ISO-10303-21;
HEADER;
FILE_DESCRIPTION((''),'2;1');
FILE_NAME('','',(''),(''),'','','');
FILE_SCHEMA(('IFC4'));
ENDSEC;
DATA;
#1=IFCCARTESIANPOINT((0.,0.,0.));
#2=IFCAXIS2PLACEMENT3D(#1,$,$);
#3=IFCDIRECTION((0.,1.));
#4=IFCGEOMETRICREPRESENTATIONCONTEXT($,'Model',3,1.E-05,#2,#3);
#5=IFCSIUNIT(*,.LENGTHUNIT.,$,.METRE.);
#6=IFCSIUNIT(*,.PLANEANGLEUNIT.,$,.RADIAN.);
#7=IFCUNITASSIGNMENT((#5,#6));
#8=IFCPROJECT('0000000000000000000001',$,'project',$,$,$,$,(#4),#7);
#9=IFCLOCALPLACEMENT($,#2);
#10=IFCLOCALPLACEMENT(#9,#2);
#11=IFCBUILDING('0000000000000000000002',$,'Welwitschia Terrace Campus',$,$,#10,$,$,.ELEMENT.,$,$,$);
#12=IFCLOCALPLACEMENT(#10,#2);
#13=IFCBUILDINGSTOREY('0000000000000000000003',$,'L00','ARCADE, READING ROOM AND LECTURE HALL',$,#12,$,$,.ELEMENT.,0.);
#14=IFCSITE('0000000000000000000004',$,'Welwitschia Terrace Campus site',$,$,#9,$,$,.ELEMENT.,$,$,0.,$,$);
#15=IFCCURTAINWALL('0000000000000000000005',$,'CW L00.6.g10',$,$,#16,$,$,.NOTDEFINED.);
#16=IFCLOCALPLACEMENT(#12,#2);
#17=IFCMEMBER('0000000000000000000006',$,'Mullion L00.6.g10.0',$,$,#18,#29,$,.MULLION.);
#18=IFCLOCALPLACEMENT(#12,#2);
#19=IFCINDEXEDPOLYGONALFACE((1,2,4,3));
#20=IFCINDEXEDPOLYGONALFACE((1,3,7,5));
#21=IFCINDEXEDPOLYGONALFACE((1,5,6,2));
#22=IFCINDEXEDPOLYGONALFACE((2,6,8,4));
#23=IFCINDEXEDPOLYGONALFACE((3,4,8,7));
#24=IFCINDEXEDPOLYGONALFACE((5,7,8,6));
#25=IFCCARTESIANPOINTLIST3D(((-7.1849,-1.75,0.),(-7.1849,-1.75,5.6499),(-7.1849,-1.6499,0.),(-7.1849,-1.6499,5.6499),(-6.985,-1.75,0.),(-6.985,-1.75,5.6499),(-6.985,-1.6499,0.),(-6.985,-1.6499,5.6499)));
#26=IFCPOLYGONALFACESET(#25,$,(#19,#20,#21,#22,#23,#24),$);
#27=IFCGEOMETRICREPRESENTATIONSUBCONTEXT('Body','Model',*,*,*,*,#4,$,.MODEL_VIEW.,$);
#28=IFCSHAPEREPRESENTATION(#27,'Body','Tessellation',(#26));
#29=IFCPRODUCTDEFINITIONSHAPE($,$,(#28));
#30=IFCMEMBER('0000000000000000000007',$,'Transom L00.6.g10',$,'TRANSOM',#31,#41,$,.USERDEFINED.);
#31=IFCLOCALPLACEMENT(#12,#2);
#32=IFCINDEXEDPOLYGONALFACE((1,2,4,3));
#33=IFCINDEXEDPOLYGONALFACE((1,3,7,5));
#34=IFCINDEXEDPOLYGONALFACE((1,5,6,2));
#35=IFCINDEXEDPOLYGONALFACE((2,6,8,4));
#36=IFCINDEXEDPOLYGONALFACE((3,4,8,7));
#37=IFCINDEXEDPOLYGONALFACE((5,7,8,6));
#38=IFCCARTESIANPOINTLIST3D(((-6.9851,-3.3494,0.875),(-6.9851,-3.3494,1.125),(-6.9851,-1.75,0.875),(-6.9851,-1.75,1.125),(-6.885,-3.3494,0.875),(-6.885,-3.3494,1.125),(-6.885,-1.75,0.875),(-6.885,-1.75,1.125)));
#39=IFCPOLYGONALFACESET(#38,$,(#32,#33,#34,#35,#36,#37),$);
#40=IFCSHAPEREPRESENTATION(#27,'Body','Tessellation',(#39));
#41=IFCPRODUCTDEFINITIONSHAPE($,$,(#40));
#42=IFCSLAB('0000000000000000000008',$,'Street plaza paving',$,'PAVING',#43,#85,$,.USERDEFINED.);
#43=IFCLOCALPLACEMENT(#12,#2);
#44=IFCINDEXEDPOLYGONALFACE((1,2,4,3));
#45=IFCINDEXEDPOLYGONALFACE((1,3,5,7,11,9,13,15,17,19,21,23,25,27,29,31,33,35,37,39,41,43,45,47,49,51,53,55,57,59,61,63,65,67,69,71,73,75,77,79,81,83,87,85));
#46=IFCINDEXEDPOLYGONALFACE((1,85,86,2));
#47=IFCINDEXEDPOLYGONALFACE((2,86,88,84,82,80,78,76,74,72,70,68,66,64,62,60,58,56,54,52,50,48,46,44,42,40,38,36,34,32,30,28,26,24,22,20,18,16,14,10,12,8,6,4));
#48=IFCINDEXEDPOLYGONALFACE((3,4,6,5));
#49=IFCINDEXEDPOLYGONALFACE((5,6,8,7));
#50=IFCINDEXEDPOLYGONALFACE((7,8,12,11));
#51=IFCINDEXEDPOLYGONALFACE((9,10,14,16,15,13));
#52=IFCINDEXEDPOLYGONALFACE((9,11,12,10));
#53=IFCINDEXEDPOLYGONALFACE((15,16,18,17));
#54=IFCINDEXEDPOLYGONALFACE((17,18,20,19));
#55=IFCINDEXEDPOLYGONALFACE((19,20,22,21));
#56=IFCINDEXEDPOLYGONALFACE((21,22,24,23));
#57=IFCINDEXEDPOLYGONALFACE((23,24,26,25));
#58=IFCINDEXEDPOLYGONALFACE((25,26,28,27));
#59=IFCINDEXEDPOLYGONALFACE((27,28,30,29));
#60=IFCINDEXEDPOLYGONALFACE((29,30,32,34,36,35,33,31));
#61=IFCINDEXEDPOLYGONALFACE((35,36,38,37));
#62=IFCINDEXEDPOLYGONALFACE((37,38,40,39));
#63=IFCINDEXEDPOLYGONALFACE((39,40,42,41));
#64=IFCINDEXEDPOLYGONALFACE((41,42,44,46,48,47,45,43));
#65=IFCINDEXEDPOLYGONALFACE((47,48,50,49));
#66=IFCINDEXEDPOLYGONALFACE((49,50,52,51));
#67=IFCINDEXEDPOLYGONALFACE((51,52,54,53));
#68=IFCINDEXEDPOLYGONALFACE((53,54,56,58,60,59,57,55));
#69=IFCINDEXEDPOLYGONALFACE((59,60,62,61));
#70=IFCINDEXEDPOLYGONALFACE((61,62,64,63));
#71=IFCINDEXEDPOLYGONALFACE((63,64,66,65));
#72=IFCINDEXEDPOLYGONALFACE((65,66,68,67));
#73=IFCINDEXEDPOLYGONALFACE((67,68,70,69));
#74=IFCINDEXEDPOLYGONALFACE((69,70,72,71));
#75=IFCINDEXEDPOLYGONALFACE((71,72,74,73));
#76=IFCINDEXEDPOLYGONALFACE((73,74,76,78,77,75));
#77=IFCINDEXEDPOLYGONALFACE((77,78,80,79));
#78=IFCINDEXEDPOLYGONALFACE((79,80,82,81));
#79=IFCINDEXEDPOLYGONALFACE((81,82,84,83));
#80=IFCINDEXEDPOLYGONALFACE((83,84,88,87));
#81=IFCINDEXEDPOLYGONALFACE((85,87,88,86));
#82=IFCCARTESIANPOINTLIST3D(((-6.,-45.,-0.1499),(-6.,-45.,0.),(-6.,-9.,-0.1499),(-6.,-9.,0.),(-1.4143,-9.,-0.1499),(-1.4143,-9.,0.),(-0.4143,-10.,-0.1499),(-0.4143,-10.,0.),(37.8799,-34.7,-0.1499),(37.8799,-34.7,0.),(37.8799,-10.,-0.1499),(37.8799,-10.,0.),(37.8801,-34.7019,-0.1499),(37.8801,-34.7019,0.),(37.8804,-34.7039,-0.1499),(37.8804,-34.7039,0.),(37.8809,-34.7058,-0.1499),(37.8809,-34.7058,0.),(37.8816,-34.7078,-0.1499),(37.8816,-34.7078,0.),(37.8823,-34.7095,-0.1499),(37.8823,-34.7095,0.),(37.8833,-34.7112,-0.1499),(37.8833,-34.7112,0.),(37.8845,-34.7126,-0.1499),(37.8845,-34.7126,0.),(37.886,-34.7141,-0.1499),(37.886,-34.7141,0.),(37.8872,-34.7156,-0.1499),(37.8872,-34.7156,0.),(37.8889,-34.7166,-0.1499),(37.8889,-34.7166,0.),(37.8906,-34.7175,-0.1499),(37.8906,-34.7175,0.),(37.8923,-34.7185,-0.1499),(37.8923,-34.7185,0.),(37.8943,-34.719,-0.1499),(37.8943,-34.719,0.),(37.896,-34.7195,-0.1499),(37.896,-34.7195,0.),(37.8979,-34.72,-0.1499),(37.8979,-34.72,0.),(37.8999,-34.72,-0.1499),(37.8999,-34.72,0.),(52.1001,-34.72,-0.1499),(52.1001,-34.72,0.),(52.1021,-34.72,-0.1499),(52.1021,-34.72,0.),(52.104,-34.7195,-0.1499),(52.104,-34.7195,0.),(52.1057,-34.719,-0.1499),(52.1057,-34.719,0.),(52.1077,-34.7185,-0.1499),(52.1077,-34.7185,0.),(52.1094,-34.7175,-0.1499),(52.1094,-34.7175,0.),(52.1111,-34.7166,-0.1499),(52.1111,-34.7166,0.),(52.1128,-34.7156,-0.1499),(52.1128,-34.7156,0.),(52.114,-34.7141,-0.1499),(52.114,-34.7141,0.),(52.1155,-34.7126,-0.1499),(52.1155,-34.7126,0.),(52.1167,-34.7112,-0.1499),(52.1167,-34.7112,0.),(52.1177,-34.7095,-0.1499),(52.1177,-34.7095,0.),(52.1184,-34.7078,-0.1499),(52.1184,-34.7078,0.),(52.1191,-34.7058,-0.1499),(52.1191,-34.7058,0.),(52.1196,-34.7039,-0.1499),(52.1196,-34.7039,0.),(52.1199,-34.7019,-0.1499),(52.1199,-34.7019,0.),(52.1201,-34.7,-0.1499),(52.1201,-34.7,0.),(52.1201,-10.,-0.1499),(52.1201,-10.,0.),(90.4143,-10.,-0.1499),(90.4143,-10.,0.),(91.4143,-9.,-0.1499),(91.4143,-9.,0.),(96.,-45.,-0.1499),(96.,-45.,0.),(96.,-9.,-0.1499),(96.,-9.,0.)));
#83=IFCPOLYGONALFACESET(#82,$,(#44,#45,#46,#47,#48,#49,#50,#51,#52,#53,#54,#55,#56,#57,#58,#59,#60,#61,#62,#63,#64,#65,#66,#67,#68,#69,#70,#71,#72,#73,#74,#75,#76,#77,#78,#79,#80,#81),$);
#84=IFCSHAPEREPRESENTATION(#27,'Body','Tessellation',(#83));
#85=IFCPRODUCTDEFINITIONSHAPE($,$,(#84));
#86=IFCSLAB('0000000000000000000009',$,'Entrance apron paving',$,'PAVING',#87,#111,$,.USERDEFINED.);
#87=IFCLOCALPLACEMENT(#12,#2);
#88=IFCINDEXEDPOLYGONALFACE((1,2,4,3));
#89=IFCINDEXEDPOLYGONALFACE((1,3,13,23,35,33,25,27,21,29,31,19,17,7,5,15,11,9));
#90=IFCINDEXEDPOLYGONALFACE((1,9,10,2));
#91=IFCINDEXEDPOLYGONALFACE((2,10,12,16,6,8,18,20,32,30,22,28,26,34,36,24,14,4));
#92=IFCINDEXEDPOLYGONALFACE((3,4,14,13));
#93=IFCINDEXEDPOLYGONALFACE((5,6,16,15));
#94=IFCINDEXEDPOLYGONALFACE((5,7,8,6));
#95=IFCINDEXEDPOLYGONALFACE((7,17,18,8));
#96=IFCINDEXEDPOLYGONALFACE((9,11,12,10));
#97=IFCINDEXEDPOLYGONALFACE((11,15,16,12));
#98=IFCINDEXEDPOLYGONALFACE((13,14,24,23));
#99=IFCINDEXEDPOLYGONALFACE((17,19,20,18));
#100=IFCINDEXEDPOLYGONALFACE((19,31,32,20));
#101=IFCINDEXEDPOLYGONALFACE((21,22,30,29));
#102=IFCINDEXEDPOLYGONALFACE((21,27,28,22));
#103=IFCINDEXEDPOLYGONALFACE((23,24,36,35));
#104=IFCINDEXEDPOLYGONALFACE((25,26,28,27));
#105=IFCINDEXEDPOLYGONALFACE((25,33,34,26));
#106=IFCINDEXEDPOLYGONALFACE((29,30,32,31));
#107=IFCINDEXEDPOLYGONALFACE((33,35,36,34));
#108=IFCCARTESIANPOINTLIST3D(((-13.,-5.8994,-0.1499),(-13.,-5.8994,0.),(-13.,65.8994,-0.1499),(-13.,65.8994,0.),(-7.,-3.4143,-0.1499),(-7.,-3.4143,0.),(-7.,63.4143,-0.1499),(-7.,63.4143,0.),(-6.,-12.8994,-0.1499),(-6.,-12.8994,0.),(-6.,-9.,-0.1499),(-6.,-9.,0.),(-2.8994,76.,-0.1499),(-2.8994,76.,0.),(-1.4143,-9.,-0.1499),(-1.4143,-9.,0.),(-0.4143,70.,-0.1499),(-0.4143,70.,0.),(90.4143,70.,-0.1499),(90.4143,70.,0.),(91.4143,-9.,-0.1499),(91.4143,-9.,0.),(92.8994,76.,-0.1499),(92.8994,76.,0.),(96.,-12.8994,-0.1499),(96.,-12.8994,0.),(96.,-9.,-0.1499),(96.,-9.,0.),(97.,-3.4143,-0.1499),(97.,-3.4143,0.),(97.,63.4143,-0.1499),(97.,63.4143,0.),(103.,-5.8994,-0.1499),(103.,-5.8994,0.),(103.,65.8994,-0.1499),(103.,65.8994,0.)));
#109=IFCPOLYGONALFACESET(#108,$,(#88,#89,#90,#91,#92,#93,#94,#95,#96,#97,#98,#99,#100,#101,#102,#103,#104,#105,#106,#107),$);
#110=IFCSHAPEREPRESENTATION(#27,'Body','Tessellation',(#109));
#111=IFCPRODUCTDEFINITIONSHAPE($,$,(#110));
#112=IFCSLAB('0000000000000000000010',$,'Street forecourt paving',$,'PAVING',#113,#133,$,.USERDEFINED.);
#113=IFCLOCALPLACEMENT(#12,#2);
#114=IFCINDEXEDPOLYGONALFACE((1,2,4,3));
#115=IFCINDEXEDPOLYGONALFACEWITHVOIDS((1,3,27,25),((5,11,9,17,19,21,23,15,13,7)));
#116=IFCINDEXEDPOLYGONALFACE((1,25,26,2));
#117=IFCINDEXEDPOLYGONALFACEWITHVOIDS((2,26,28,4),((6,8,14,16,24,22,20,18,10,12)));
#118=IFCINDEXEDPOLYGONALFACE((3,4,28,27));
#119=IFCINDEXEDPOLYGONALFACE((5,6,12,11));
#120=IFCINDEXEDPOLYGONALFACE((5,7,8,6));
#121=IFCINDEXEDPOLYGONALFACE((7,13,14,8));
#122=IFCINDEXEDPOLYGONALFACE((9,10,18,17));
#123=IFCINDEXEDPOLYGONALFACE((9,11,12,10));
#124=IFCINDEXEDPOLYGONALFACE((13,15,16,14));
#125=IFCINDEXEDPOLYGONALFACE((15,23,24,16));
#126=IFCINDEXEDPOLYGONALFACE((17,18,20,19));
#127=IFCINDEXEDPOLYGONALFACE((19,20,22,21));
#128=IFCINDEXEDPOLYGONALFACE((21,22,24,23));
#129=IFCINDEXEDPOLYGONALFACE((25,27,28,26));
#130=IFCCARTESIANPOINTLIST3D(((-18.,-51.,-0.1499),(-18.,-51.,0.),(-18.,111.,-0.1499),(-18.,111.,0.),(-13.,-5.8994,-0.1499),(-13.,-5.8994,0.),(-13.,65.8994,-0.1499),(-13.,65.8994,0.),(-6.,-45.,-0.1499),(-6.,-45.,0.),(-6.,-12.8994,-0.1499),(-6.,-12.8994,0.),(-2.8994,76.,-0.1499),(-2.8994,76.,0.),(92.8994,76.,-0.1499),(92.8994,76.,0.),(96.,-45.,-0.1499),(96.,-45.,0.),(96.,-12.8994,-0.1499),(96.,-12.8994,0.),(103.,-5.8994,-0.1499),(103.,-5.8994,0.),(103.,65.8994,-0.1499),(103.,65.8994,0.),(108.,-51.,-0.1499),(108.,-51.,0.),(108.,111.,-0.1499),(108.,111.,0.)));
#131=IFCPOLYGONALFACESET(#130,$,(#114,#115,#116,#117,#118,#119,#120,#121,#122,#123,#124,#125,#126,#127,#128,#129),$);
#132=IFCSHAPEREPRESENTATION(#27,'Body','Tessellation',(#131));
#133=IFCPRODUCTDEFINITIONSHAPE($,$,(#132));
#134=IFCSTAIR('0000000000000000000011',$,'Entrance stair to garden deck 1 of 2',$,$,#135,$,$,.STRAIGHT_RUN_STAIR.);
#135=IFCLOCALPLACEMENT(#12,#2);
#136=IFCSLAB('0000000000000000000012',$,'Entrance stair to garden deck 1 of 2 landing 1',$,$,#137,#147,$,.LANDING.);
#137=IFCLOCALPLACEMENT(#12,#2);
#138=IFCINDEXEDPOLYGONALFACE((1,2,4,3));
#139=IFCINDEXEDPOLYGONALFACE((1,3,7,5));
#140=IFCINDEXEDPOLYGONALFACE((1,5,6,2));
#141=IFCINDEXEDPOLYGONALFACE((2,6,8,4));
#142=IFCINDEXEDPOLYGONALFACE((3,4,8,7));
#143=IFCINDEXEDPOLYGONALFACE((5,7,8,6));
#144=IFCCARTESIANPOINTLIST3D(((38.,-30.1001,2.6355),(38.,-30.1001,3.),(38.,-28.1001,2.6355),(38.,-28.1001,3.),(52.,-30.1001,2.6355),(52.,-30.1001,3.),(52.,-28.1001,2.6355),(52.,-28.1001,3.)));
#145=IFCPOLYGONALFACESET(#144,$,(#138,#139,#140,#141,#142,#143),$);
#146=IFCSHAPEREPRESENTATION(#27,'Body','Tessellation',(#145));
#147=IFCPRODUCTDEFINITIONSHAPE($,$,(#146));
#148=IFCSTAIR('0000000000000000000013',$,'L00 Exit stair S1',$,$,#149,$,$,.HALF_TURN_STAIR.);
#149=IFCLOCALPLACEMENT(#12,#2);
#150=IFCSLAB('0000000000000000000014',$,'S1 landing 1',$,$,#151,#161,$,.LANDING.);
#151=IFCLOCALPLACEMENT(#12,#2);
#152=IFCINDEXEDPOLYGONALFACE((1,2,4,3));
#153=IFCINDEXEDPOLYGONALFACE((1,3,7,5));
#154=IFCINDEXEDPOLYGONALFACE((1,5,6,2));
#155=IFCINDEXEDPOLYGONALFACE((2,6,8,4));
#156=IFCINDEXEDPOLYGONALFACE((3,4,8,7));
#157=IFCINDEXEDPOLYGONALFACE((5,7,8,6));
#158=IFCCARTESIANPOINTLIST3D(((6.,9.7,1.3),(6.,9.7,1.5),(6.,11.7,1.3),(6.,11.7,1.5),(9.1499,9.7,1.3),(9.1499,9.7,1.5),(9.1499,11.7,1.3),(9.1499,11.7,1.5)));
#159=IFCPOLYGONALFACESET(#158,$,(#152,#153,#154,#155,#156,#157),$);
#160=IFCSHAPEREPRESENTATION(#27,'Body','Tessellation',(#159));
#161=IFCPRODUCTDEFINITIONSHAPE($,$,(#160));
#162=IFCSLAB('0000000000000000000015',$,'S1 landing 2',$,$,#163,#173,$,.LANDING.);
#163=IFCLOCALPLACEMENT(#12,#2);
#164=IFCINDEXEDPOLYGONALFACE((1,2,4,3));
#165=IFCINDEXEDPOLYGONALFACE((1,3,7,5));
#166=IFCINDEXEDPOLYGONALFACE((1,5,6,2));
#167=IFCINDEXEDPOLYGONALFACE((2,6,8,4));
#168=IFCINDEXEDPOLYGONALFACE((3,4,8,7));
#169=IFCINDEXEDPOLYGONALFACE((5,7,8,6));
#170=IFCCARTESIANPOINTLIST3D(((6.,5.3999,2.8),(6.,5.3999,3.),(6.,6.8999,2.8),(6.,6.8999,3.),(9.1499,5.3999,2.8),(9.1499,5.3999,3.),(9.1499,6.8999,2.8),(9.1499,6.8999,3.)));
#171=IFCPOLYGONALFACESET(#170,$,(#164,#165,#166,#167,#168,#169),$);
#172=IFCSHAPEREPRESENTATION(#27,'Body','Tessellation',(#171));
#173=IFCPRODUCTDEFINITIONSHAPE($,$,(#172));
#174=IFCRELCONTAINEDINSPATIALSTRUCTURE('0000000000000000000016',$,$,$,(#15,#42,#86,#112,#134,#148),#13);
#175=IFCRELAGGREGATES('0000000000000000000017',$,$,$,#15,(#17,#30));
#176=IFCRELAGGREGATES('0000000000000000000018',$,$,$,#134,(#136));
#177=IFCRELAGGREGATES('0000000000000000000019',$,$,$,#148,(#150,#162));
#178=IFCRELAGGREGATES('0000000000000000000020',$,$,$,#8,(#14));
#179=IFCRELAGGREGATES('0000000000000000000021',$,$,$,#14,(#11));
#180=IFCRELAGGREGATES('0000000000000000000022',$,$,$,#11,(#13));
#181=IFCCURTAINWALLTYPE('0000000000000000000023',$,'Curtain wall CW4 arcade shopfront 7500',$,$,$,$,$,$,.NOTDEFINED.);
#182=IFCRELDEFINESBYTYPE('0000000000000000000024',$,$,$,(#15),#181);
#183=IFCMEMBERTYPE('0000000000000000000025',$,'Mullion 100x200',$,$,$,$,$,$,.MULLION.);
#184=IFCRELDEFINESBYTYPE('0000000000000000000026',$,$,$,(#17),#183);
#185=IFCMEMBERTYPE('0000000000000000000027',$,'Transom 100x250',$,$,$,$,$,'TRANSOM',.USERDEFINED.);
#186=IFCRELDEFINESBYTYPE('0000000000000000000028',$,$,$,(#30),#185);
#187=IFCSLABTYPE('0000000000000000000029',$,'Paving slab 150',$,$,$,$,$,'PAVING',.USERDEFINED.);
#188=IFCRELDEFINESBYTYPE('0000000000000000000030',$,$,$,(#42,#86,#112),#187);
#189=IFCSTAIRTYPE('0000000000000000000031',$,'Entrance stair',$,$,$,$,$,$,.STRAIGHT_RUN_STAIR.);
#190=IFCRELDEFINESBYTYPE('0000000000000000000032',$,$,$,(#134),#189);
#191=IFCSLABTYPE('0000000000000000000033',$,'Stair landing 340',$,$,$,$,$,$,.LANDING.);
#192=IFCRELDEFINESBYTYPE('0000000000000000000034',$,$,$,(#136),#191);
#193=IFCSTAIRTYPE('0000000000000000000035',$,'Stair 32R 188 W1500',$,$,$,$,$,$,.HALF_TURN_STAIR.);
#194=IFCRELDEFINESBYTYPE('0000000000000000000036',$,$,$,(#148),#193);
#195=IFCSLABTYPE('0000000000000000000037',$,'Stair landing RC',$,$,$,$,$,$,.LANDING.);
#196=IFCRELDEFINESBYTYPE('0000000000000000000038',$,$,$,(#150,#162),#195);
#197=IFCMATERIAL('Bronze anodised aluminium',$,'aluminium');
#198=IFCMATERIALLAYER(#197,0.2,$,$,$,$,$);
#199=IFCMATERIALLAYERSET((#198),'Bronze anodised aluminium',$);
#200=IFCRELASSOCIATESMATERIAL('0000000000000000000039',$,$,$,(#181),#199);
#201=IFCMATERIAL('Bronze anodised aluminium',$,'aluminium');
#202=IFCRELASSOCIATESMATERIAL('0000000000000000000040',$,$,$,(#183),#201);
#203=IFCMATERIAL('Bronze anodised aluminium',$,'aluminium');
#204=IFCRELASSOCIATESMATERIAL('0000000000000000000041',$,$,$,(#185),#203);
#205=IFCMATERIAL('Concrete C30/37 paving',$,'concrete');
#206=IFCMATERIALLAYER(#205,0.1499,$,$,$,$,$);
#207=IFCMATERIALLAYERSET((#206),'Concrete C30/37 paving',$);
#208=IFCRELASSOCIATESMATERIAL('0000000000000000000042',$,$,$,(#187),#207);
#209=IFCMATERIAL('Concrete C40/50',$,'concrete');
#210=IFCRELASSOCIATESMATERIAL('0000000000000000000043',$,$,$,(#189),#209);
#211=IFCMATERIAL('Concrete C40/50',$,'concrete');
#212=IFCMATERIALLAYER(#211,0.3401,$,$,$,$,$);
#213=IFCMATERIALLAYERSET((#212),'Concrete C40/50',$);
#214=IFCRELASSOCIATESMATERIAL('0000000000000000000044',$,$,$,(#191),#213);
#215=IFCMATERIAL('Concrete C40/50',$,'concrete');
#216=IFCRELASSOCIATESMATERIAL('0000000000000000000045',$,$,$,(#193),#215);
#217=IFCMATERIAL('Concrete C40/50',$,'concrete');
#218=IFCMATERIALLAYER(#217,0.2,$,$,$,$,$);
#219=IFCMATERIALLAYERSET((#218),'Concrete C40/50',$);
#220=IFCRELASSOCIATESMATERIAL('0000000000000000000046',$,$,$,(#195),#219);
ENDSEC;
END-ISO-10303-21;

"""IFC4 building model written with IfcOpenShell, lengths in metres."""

from ifc_helpers import new_model, si_unit, direction, frame, origin, origin_2d, place, context, subcontext, project, spatial, polyline, rectangle, outline, extrude, material, layer, layer_set, material_profile, profile_set, type_object, element, aggregate, save


model = new_model("IFC4")

# Units and contexts
model_context = context("Model", 3, precision=1e-05, world=origin(), true_north=direction((0.0, 1.0)))
body_context = subcontext(model_context, "Body", "Model", "MODEL_VIEW")
ifc_project = project(units=[si_unit("LENGTHUNIT", "METRE"), si_unit("PLANEANGLEUNIT", "RADIAN")], contexts=[model_context])

# Site, building, storey
site_placement = place(None, origin())
site = spatial("IfcSite", under=ifc_project, at=site_placement, Name="Welwitschia Terrace Campus site", CompositionType="ELEMENT", RefElevation=0.0)
building_placement = place(site_placement, origin())
building = spatial("IfcBuilding", under=site, at=building_placement, Name="Welwitschia Terrace Campus", CompositionType="ELEMENT")
storey_placement = place(building_placement, origin())
storey = spatial("IfcBuildingStorey", under=building, at=storey_placement, Name="L00", Description="ARCADE, READING ROOM AND LECTURE HALL", CompositionType="ELEMENT", Elevation=0.0)

# Curtain wall, members
ifc_material_1 = material(Name="Bronze anodised aluminium", Category="aluminium")
ifc_layer_1 = layer(ifc_material_1, 0.2)
ifc_layer_set_1 = layer_set([ifc_layer_1], Name="Bronze anodised aluminium")
curtain_wall_type = type_object("IfcCurtainWallType", Name="Curtain wall CW4 arcade shopfront 7500", PredefinedType="NOTDEFINED", material=ifc_layer_set_1)
curtain_wall_placement = place(storey_placement, origin())
curtain_wall = element("IfcCurtainWall", 1, at=curtain_wall_placement, inside=storey, type_object=curtain_wall_type, Name="CW L00.6.g10", PredefinedType="NOTDEFINED")
ifc_material_2 = material(Name="Bronze anodised aluminium", Category="aluminium")
ifc_material_profile_1 = material_profile(ifc_material_2, rectangle(XDim=0.2, YDim=0.1001, at=origin_2d()))
ifc_profile_set_1 = profile_set([ifc_material_profile_1], Name="Bronze anodised aluminium")
member_type_1 = type_object("IfcMemberType", Name="Mullion 100x200", PredefinedType="MULLION", material=ifc_profile_set_1)
member_1_placement = place(storey_placement, frame((-7.085, -1.7, 0.0), z_axis=(0.0, 0.0, 1.0), x_axis=(1.0, 0.0, 0.0)))
member_1 = element("IfcMember", 2, at=member_1_placement, type_object=member_type_1, Name="Mullion L00.6.g10.0", PredefinedType="MULLION", context=body_context, shape_type="SweptSolid", body=[
    extrude(rectangle(XDim=0.2, YDim=0.1001, at=origin_2d()), origin(), (0.0, 0.0, 1.0), 5.6499),
])
ifc_material_3 = material(Name="Bronze anodised aluminium", Category="aluminium")
ifc_material_profile_2 = material_profile(ifc_material_3, rectangle(XDim=0.1001, YDim=0.25, at=origin_2d()))
ifc_profile_set_2 = profile_set([ifc_material_profile_2], Name="Bronze anodised aluminium")
member_type_2 = type_object("IfcMemberType", Name="Transom 100x250", ElementType="TRANSOM", PredefinedType="USERDEFINED", material=ifc_profile_set_2)
member_2_placement = place(storey_placement, frame((-6.9351, -1.75, 1.0), z_axis=(0.0, -1.0, 0.0), x_axis=(1.0, 0.0, 0.0)))
member_2 = element("IfcMember", 3, at=member_2_placement, type_object=member_type_2, Name="Transom L00.6.g10", ObjectType="TRANSOM", PredefinedType="USERDEFINED", context=body_context, shape_type="SweptSolid", body=[
    extrude(rectangle(XDim=0.1001, YDim=0.25, at=origin_2d()), origin(), (0.0, 0.0, 1.0), 1.5994),
])
aggregate(curtain_wall, [member_1, member_2])

# Slabs
ifc_material_4 = material(Name="Concrete C30/37 paving", Category="concrete")
ifc_layer_2 = layer(ifc_material_4, 0.1499)
ifc_layer_set_2 = layer_set([ifc_layer_2], Name="Concrete C30/37 paving")
slab_type_1 = type_object("IfcSlabType", Name="Paving slab 150", ElementType="PAVING", PredefinedType="USERDEFINED", material=ifc_layer_set_2)
slab_1_placement = place(storey_placement, frame((0.0, 0.0, -0.1499)))
element("IfcSlab", 4, at=slab_1_placement, inside=storey, type_object=slab_type_1, Name="Street plaza paving", ObjectType="PAVING", PredefinedType="USERDEFINED", context=body_context, shape_type="SweptSolid", body=[
    extrude(outline(polyline([(96.0, -45.0), (-6.0, -45.0), (-6.0, -9.0), (-1.4143, -9.0), (-0.4143, -10.0), (37.8799, -10.0), (37.8799, -34.7), (37.8801, -34.7019), (37.8804, -34.7039), (37.8809, -34.7058), (37.8816, -34.7078), (37.8823, -34.7095), (37.8833, -34.7112), (37.8845, -34.7126), (37.886, -34.7141), (37.8872, -34.7156), (37.8889, -34.7166), (37.8906, -34.7175), (37.8923, -34.7185), (37.8943, -34.719), (37.896, -34.7195), (37.8979, -34.72), (37.8999, -34.72), (52.1001, -34.72), (52.1021, -34.72), (52.104, -34.7195), (52.1057, -34.719), (52.1077, -34.7185), (52.1094, -34.7175), (52.1111, -34.7166), (52.1128, -34.7156), (52.114, -34.7141), (52.1155, -34.7126), (52.1167, -34.7112), (52.1177, -34.7095), (52.1184, -34.7078), (52.1191, -34.7058), (52.1196, -34.7039), (52.1199, -34.7019), (52.1201, -34.7), (52.1201, -10.0), (90.4143, -10.0), (91.4143, -9.0), (96.0, -9.0), (96.0, -45.0)])), origin(), (0.0, 0.0, 1.0), 0.1499),
])
slab_2_placement = place(storey_placement, frame((0.0, 0.0, -0.1499)))
element("IfcSlab", 5, at=slab_2_placement, inside=storey, type_object=slab_type_1, Name="Entrance apron paving", ObjectType="PAVING", PredefinedType="USERDEFINED", context=body_context, shape_type="SweptSolid", body=[
    extrude(outline(polyline([(-13.0, -5.8994), (-13.0, 65.8994), (-2.8994, 76.0), (92.8994, 76.0), (103.0, 65.8994), (103.0, -5.8994), (96.0, -12.8994), (96.0, -9.0), (91.4143, -9.0), (97.0, -3.4143), (97.0, 63.4143), (90.4143, 70.0), (-0.4143, 70.0), (-7.0, 63.4143), (-7.0, -3.4143), (-1.4143, -9.0), (-6.0, -9.0), (-6.0, -12.8994), (-13.0, -5.8994)])), origin(), (0.0, 0.0, 1.0), 0.1499),
])
slab_3_placement = place(storey_placement, frame((0.0, 0.0, -0.1499)))
element("IfcSlab", 6, at=slab_3_placement, inside=storey, type_object=slab_type_1, Name="Street forecourt paving", ObjectType="PAVING", PredefinedType="USERDEFINED", context=body_context, shape_type="SweptSolid", body=[
    extrude(outline(polyline([(-18.0, -51.0), (-18.0, 111.0), (108.0, 111.0), (108.0, -51.0), (-18.0, -51.0)]), holes=[polyline([(96.0, -12.8994), (103.0, -5.8994), (103.0, 65.8994), (92.8994, 76.0), (-2.8994, 76.0), (-13.0, 65.8994), (-13.0, -5.8994), (-6.0, -12.8994), (-6.0, -45.0), (96.0, -45.0), (96.0, -12.8994)])]), origin(), (0.0, 0.0, 1.0), 0.1499),
])

# Stair, slab
ifc_material_5 = material(Name="Concrete C40/50", Category="concrete")
stair_type_1 = type_object("IfcStairType", Name="Entrance stair", PredefinedType="STRAIGHT_RUN_STAIR", material=ifc_material_5)
stair_1_placement = place(storey_placement, origin())
stair_1 = element("IfcStair", 7, at=stair_1_placement, inside=storey, type_object=stair_type_1, Name="Entrance stair to garden deck 1 of 2", PredefinedType="STRAIGHT_RUN_STAIR")
ifc_material_6 = material(Name="Concrete C40/50", Category="concrete")
ifc_layer_3 = layer(ifc_material_6, 0.3401)
ifc_layer_set_3 = layer_set([ifc_layer_3], Name="Concrete C40/50")
slab_type_2 = type_object("IfcSlabType", Name="Stair landing 340", PredefinedType="LANDING", material=ifc_layer_set_3)
slab_4_placement = place(storey_placement, frame((0.0, 0.0, 2.6355)))
slab_4 = element("IfcSlab", 8, at=slab_4_placement, type_object=slab_type_2, Name="Entrance stair to garden deck 1 of 2 landing 1", PredefinedType="LANDING", context=body_context, shape_type="SweptSolid", body=[
    extrude(outline(polyline([(38.0, -30.1001), (52.0, -30.1001), (52.0, -28.1001), (38.0, -28.1001), (38.0, -30.1001)])), origin(), (0.0, 0.0, 1.0), 0.3645),
])
aggregate(stair_1, [slab_4])

# Stair, slabs
ifc_material_7 = material(Name="Concrete C40/50", Category="concrete")
stair_type_2 = type_object("IfcStairType", Name="Stair 32R 188 W1500", PredefinedType="HALF_TURN_STAIR", material=ifc_material_7)
stair_2_placement = place(storey_placement, origin())
stair_2 = element("IfcStair", 9, at=stair_2_placement, inside=storey, type_object=stair_type_2, Name="L00 Exit stair S1", PredefinedType="HALF_TURN_STAIR")
ifc_material_8 = material(Name="Concrete C40/50", Category="concrete")
ifc_layer_4 = layer(ifc_material_8, 0.2)
ifc_layer_set_4 = layer_set([ifc_layer_4], Name="Concrete C40/50")
slab_type_3 = type_object("IfcSlabType", Name="Stair landing RC", PredefinedType="LANDING", material=ifc_layer_set_4)
slab_5_placement = place(storey_placement, frame((0.0, 0.0, 1.3)))
slab_5 = element("IfcSlab", 10, at=slab_5_placement, type_object=slab_type_3, Name="S1 landing 1", PredefinedType="LANDING", context=body_context, shape_type="SweptSolid", body=[
    extrude(outline(polyline([(9.1499, 9.7), (9.1499, 11.7), (6.0, 11.7), (6.0, 9.7), (9.1499, 9.7)])), origin(), (0.0, 0.0, 1.0), 0.2),
])
slab_6_placement = place(storey_placement, frame((0.0, 0.0, 2.8)))
slab_6 = element("IfcSlab", 11, at=slab_6_placement, type_object=slab_type_3, Name="S1 landing 2", PredefinedType="LANDING", context=body_context, shape_type="SweptSolid", body=[
    extrude(outline(polyline([(9.1499, 5.3999), (9.1499, 6.8999), (6.0, 6.8999), (6.0, 5.3999), (9.1499, 5.3999)])), origin(), (0.0, 0.0, 1.0), 0.2),
])
aggregate(stair_2, [slab_5, slab_6])

save(model, "model.ifc")
